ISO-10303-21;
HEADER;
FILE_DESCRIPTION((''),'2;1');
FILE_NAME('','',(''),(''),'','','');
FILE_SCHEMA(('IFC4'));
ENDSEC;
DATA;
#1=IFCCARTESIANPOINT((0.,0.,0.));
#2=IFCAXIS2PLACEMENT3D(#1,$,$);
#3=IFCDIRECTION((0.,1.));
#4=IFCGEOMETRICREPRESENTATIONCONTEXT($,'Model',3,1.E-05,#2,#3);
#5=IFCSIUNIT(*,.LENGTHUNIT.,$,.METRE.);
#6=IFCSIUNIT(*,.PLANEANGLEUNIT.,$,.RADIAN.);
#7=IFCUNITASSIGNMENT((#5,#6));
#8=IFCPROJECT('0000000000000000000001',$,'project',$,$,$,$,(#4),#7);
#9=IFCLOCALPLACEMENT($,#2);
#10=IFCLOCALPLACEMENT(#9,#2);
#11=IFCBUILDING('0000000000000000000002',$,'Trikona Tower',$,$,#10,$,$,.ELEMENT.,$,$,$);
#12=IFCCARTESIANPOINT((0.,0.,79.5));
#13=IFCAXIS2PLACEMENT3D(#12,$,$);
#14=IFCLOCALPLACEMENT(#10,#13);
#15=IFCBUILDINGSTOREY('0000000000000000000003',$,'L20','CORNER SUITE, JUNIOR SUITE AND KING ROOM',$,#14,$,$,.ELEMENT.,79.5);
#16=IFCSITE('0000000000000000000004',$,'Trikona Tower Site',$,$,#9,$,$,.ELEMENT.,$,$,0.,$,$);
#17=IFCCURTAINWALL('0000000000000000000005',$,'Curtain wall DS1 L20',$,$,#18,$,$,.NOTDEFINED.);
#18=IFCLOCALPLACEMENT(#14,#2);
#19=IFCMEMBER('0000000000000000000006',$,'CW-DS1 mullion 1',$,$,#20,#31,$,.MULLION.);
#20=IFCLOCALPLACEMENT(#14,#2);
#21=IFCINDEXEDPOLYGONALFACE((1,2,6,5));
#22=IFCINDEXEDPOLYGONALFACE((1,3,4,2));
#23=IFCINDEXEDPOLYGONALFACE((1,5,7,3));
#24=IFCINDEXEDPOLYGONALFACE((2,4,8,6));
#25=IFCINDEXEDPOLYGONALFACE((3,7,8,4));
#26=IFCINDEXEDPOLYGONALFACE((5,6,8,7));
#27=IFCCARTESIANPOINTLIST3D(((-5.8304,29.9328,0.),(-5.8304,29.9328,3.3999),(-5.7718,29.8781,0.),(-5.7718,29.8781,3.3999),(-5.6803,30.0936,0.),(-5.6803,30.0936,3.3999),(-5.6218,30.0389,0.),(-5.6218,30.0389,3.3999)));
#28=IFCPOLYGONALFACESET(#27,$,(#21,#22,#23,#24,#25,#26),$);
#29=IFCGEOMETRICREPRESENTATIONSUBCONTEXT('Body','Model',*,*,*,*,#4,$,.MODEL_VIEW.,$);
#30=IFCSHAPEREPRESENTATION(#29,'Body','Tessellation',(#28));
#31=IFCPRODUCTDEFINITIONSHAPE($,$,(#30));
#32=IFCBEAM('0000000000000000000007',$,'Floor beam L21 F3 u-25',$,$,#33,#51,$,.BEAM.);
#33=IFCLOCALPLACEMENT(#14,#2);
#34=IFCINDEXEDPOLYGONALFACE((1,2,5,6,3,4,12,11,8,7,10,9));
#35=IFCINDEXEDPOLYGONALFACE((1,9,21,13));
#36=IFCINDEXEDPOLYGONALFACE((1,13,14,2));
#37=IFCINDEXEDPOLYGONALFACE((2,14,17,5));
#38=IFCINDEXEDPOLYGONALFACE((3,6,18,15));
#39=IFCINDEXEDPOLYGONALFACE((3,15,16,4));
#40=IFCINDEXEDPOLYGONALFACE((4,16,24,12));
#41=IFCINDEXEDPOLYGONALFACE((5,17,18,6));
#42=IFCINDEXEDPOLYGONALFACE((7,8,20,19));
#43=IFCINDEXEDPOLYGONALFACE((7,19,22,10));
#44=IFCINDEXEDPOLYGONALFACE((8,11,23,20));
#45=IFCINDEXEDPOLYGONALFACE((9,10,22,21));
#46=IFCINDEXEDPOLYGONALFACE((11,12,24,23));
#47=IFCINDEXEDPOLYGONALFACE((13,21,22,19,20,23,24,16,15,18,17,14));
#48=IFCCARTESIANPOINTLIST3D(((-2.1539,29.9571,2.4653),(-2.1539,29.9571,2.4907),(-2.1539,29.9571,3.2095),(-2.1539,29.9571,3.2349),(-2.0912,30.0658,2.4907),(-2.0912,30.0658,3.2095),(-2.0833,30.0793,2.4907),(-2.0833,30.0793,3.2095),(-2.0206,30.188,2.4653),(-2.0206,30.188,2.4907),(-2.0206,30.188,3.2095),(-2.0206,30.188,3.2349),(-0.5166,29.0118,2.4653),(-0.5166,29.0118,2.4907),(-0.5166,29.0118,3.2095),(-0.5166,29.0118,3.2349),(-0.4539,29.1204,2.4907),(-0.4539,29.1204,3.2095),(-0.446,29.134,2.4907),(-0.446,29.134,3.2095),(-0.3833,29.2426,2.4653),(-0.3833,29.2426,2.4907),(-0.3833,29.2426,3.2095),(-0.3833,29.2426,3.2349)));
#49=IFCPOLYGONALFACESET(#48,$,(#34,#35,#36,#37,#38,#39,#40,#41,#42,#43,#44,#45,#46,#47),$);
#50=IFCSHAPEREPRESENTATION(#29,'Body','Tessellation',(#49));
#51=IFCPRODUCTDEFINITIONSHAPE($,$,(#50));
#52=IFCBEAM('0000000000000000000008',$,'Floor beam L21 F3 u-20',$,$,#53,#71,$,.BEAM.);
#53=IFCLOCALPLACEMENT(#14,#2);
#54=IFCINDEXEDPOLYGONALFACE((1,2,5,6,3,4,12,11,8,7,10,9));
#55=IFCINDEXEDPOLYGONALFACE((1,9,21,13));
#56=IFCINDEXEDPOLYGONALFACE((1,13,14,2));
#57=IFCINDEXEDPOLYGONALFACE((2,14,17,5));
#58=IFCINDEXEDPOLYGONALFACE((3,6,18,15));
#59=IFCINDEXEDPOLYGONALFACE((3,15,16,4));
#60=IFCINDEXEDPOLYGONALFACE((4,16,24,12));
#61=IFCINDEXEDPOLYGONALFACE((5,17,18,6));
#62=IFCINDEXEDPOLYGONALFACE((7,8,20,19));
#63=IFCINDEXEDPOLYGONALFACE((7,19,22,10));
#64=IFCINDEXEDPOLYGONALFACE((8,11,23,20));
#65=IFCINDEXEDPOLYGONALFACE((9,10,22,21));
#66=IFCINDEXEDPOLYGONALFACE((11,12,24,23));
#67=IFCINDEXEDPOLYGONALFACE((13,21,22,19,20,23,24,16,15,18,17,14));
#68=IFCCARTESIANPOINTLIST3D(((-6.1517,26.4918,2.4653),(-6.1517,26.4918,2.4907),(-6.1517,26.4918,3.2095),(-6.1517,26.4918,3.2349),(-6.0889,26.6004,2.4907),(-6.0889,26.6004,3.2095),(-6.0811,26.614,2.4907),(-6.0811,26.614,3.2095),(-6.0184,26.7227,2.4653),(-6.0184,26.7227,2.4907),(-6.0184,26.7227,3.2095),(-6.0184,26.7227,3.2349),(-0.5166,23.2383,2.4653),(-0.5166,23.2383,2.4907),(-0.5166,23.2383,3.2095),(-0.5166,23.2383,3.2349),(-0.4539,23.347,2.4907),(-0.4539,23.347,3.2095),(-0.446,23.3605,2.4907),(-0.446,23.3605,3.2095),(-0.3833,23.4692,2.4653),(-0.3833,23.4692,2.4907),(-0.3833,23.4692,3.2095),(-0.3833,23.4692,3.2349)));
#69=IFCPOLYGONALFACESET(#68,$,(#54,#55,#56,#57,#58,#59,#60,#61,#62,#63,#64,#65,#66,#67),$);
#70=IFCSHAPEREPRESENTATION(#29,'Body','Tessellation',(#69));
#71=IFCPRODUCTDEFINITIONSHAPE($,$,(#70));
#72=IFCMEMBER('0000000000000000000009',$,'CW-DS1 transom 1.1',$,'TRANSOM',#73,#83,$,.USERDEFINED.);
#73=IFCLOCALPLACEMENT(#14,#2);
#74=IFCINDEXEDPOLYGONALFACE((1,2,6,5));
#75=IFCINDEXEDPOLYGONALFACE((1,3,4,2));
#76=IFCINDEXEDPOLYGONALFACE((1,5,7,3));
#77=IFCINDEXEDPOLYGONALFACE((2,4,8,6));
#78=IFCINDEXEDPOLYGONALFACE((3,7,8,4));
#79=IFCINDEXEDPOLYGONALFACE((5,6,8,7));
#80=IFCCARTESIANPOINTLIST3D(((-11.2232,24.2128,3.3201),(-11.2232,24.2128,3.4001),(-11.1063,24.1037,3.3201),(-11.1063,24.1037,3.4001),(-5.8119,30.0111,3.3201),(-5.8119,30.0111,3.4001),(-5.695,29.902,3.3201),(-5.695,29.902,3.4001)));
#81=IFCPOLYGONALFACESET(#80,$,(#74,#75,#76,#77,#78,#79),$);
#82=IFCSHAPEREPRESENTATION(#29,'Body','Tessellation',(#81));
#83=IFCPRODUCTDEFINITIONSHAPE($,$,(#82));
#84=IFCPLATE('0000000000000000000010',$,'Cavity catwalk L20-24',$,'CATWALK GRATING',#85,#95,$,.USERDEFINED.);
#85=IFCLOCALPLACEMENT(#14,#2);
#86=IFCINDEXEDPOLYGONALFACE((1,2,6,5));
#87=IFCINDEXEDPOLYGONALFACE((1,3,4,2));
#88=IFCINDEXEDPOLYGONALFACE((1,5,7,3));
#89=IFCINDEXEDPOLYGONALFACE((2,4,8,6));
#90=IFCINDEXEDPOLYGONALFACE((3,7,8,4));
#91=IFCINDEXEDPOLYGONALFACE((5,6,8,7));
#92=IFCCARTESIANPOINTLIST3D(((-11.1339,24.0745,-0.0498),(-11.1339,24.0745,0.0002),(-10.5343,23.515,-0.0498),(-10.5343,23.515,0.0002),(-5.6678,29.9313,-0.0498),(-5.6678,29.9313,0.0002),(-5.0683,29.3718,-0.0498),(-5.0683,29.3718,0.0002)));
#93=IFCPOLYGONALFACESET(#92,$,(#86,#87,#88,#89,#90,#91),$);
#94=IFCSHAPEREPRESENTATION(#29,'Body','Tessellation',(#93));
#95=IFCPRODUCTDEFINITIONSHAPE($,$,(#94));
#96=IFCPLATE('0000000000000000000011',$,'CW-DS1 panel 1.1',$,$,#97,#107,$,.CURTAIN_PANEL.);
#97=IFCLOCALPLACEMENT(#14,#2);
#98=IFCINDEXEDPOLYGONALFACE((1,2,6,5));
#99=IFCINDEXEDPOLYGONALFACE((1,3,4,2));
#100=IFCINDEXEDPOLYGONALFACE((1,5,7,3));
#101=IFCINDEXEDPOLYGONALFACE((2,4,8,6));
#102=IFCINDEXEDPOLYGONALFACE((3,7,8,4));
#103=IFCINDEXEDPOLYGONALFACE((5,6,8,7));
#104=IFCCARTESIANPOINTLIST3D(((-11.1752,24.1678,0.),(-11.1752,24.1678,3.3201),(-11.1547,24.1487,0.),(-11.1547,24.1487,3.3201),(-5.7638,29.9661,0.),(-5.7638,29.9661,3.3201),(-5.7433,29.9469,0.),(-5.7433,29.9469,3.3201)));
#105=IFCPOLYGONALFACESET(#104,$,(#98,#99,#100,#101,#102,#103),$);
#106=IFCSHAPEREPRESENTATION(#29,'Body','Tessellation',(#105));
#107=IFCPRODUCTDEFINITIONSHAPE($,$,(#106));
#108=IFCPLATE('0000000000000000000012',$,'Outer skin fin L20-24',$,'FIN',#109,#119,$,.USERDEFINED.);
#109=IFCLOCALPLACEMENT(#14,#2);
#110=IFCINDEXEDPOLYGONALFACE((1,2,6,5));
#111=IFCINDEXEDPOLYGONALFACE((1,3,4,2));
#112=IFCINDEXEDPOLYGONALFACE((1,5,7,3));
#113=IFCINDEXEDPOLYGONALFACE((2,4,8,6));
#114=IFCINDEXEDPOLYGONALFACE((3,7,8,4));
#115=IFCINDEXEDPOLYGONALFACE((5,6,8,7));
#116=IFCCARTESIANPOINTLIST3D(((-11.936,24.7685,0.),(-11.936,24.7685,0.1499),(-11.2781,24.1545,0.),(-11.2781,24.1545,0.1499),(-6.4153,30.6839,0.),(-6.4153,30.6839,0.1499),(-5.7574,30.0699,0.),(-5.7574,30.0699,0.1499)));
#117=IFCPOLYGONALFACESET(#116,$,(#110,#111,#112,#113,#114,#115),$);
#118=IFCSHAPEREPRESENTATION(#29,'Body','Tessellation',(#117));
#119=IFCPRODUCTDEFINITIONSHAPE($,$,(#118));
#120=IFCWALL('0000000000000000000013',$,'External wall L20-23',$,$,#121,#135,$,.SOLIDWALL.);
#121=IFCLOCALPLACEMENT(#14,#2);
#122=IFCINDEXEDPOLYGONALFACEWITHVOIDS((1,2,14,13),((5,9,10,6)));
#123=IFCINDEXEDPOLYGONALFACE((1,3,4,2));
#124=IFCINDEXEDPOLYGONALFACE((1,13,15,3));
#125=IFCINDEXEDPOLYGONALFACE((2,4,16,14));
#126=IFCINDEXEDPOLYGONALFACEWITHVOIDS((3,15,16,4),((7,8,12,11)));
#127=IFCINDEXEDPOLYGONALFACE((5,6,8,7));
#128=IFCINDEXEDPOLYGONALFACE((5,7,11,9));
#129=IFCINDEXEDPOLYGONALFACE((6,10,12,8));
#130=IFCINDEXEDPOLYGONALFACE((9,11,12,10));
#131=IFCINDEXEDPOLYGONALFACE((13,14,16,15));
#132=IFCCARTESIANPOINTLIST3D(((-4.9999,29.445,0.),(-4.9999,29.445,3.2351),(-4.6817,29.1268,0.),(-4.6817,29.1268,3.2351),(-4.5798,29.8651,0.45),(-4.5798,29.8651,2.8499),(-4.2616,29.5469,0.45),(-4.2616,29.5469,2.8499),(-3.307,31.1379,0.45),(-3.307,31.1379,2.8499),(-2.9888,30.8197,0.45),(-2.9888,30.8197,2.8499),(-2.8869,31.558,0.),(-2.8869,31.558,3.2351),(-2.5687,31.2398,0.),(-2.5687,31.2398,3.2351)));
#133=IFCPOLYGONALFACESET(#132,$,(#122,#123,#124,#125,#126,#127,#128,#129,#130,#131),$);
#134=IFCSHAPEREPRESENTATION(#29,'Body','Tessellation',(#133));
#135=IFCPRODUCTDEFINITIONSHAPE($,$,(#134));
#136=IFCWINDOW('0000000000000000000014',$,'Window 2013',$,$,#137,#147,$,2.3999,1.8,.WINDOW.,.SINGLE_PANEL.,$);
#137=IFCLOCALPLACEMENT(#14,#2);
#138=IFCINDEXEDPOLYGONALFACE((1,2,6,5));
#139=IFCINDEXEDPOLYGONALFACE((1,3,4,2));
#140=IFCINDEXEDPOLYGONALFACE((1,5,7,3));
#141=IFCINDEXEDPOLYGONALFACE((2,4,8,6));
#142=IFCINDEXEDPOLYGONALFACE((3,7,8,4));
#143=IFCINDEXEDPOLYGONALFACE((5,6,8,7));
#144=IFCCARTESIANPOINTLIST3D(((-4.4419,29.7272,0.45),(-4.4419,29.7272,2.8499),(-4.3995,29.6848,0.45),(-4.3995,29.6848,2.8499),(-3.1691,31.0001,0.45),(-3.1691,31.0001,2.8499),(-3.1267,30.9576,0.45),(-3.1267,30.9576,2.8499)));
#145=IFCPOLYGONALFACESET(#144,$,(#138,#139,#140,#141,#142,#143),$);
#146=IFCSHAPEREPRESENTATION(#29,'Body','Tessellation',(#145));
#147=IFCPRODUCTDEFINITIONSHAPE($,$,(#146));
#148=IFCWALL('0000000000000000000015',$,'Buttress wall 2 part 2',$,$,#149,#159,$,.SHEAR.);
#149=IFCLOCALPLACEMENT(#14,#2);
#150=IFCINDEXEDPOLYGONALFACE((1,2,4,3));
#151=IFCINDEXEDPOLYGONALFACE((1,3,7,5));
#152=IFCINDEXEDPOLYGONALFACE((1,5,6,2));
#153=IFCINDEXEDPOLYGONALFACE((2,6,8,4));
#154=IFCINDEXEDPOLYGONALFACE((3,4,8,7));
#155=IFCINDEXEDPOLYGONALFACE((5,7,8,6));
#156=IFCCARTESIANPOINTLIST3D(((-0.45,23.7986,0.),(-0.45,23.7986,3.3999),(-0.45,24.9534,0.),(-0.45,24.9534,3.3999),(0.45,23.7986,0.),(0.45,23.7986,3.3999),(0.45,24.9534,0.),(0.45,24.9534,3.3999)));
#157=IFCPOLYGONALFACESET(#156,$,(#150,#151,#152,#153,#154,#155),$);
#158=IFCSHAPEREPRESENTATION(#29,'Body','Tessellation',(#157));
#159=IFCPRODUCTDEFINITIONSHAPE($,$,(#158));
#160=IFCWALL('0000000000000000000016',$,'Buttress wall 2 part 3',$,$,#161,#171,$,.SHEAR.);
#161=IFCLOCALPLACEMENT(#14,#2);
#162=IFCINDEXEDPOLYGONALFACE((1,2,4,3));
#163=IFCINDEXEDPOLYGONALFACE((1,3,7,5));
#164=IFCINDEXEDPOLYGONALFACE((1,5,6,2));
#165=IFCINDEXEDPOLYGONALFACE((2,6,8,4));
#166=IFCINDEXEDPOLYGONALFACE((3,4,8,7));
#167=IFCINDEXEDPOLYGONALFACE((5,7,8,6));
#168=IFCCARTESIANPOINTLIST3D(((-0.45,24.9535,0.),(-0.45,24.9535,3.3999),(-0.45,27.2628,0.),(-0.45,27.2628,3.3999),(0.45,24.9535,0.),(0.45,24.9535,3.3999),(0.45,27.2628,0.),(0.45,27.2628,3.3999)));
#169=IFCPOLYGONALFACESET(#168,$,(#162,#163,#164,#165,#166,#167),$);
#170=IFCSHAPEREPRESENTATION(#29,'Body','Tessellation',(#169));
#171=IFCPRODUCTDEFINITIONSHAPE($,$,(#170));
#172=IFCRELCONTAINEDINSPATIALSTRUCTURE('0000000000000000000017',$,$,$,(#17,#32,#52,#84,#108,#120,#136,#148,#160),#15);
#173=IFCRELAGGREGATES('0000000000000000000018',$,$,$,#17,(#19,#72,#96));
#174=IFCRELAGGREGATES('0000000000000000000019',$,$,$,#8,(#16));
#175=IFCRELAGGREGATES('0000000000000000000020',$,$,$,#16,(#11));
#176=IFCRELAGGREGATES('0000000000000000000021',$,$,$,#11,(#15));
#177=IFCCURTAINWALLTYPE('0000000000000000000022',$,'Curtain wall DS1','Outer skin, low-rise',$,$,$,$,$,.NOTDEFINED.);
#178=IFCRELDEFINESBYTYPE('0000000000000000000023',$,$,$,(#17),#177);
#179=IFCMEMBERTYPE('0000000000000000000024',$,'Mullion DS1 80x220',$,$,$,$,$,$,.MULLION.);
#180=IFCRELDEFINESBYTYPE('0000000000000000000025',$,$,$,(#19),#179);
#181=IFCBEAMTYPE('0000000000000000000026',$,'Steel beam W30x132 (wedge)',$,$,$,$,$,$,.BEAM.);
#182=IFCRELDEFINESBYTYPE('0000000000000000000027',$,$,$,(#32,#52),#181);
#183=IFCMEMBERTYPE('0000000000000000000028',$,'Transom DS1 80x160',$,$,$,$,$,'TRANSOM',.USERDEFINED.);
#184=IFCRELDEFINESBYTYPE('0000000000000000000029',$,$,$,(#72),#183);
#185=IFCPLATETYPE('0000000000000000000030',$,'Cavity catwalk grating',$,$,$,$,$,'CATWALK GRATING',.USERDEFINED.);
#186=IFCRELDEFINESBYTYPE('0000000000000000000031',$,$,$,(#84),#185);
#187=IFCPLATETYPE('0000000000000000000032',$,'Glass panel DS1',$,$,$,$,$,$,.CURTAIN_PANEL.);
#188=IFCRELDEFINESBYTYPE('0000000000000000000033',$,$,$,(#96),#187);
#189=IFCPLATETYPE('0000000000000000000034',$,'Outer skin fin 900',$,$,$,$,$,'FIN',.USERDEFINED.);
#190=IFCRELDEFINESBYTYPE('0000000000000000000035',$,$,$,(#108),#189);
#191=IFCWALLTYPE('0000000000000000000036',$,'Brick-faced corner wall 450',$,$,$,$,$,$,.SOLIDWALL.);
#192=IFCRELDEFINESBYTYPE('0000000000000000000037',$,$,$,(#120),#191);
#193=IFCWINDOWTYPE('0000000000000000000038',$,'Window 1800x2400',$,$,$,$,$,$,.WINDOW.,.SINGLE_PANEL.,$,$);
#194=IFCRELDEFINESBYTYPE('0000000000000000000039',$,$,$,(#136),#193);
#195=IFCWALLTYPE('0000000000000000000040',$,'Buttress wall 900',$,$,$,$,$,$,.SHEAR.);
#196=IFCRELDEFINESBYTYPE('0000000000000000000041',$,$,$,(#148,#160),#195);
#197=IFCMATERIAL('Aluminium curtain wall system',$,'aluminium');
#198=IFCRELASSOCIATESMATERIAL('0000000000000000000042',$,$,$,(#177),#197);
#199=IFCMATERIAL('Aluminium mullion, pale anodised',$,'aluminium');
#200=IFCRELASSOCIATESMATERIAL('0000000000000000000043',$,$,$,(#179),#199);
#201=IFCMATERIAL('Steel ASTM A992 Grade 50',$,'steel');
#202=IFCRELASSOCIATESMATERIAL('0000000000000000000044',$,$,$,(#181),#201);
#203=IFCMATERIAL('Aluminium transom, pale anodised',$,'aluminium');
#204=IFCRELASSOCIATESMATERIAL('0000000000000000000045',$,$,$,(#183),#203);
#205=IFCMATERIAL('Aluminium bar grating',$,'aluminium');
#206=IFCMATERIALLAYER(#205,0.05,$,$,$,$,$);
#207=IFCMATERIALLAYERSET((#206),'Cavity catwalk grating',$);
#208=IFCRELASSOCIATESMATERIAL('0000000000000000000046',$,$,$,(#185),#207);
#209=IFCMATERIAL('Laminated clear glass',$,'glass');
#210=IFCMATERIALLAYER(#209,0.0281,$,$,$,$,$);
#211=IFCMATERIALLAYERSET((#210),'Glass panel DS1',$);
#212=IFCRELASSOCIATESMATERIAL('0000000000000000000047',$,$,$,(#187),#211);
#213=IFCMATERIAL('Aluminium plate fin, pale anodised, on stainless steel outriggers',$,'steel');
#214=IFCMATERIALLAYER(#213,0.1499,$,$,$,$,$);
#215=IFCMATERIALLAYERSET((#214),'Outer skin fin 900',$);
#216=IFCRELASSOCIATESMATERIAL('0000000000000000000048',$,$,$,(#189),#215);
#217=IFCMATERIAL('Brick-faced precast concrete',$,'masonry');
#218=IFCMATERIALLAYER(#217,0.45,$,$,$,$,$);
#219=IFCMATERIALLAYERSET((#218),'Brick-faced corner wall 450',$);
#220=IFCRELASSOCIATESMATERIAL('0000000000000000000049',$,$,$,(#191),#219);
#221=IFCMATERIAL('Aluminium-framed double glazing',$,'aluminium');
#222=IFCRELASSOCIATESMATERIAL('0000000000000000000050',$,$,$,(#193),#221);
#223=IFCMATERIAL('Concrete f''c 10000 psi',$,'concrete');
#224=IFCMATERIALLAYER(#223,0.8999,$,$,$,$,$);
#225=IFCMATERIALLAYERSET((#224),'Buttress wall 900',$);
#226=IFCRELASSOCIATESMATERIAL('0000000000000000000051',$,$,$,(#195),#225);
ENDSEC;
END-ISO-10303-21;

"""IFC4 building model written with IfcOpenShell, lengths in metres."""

from ifc_helpers import new_model, si_unit, direction, frame, frame_2d, origin, origin_2d, place, context, subcontext, project, spatial, rectangle, i_section, extrude, material, layer, layer_set, material_profile, profile_set, type_object, element, fill, aggregate, save


model = new_model("IFC4")

# Units and contexts
model_context = context("Model", 3, precision=1e-05, world=origin(), true_north=direction((0.0, 1.0)))
body_context = subcontext(model_context, "Body", "Model", "MODEL_VIEW")
ifc_project = project(units=[si_unit("LENGTHUNIT", "METRE"), si_unit("PLANEANGLEUNIT", "RADIAN")], contexts=[model_context])

# Site, building, storey
site_placement = place(None, origin())
site = spatial("IfcSite", under=ifc_project, at=site_placement, Name="Trikona Tower Site", CompositionType="ELEMENT", RefElevation=0.0)
building_placement = place(site_placement, origin())
building = spatial("IfcBuilding", under=site, at=building_placement, Name="Trikona Tower", CompositionType="ELEMENT")
storey_placement = place(building_placement, frame((0.0, 0.0, 79.5)))
storey = spatial("IfcBuildingStorey", under=building, at=storey_placement, Name="L20", Description="CORNER SUITE, JUNIOR SUITE AND KING ROOM", CompositionType="ELEMENT", Elevation=79.5)

# Curtain wall, member
ifc_material_1 = material(Name="Aluminium curtain wall system", Category="aluminium")
curtain_wall_type = type_object("IfcCurtainWallType", Name="Curtain wall DS1", Description="Outer skin, low-rise", PredefinedType="NOTDEFINED", material=ifc_material_1)
curtain_wall_placement = place(storey_placement, origin())
curtain_wall = element("IfcCurtainWall", 1, at=curtain_wall_placement, inside=storey, type_object=curtain_wall_type, Name="Curtain wall DS1 L20", PredefinedType="NOTDEFINED")
ifc_material_2 = material(Name="Aluminium mullion, pale anodised", Category="aluminium")
ifc_material_profile_1 = material_profile(ifc_material_2, rectangle(XDim=0.0801, YDim=0.22, at=origin_2d()), Name="MUL-DS1")
ifc_profile_set_1 = profile_set([ifc_material_profile_1], Name="Aluminium mullion, pale anodised")
member_type_1 = type_object("IfcMemberType", Name="Mullion DS1 80x220", PredefinedType="MULLION", material=ifc_profile_set_1)
member_1_placement = place(storey_placement, frame((-5.7261, 29.9858, 0.0), z_axis=(0.0, 0.0, 1.0), x_axis=(0.731077, -0.682295, 0.0)))
member_1 = element("IfcMember", 2, at=member_1_placement, type_object=member_type_1, Name="CW-DS1 mullion 1", PredefinedType="MULLION", context=body_context, shape_type="SweptSolid", body=[
    extrude(rectangle(XDim=0.0801, YDim=0.22, at=origin_2d()), origin(), (0.0, 0.0, 1.0), 3.3999),
])

# Beams
ifc_material_3 = material(Name="Steel ASTM A992 Grade 50", Category="steel")
ifc_material_profile_2 = material_profile(ifc_material_3, i_section(OverallWidth=0.2666, OverallDepth=0.7695, WebThickness=0.0156, FlangeThickness=0.0254, at=origin_2d()), Name="W30X132")
ifc_profile_set_2 = profile_set([ifc_material_profile_2], Name="Steel ASTM A992 Grade 50")
beam_type = type_object("IfcBeamType", Name="Steel beam W30x132 (wedge)", PredefinedType="BEAM", material=ifc_profile_set_2)
beam_1_placement = place(storey_placement, frame((-0.45, 29.1272, 2.8501), z_axis=(-0.866009, 0.500028, 0.0), x_axis=(-0.500028, -0.866009, 0.0)))
element("IfcBeam", 3, at=beam_1_placement, inside=storey, type_object=beam_type, Name="Floor beam L21 F3 u-25", PredefinedType="BEAM", context=body_context, shape_type="SweptSolid", body=[
    extrude(i_section(OverallWidth=0.2666, OverallDepth=0.7695, WebThickness=0.0156, FlangeThickness=0.0254, at=origin_2d()), origin(), (0.0, 0.0, 1.0), 1.8906),
])
beam_2_placement = place(storey_placement, frame((-0.45, 23.3538, 2.8501), z_axis=(-0.866023, 0.500005, 0.0), x_axis=(-0.500005, -0.866023, 0.0)))
element("IfcBeam", 4, at=beam_2_placement, inside=storey, type_object=beam_type, Name="Floor beam L21 F3 u-20", PredefinedType="BEAM", context=body_context, shape_type="SweptSolid", body=[
    extrude(i_section(OverallWidth=0.2666, OverallDepth=0.7695, WebThickness=0.0156, FlangeThickness=0.0254, at=origin_2d()), origin(), (0.0, 0.0, 1.0), 6.5068),
])

# Member
ifc_material_4 = material(Name="Aluminium transom, pale anodised", Category="aluminium")
ifc_material_profile_3 = material_profile(ifc_material_4, rectangle(XDim=0.1599, YDim=0.0801, at=origin_2d()), Name="TRN-DS1")
ifc_profile_set_3 = profile_set([ifc_material_profile_3], Name="Aluminium transom, pale anodised")
member_type_2 = type_object("IfcMemberType", Name="Transom DS1 80x160", ElementType="TRANSOM", PredefinedType="USERDEFINED", material=ifc_profile_set_3)
member_2_placement = place(storey_placement, frame((-5.7534, 29.9565, 3.3601), z_axis=(-0.682291, -0.731081, 0.0), x_axis=(0.731081, -0.682291, 0.0)))
member_2 = element("IfcMember", 5, at=member_2_placement, type_object=member_type_2, Name="CW-DS1 transom 1.1", ObjectType="TRANSOM", PredefinedType="USERDEFINED", context=body_context, shape_type="SweptSolid", body=[
    extrude(rectangle(XDim=0.1599, YDim=0.0801, at=origin_2d()), origin(), (0.0, 0.0, 1.0), 7.9312),
])

# Plates
ifc_material_5 = material(Name="Aluminium bar grating", Category="aluminium")
ifc_layer_1 = layer(ifc_material_5, 0.05)
ifc_layer_set_1 = layer_set([ifc_layer_1], Name="Cavity catwalk grating")
plate_type_1 = type_object("IfcPlateType", Name="Cavity catwalk grating", ElementType="CATWALK GRATING", PredefinedType="USERDEFINED", material=ifc_layer_set_1)
plate_1_placement = place(storey_placement, frame((-8.1011, 26.7231, -0.0498), z_axis=(0.0, 0.0, 1.0), x_axis=(-0.682298, -0.731074, 0.0)))
element("IfcPlate", 6, at=plate_1_placement, inside=storey, type_object=plate_type_1, Name="Cavity catwalk L20-24", ObjectType="CATWALK GRATING", PredefinedType="USERDEFINED", context=body_context, shape_type="SweptSolid", body=[
    extrude(rectangle(XDim=8.0112, YDim=0.8201, at=origin_2d()), origin(), (0.0, 0.0, 1.0), 0.05),
])
ifc_material_6 = material(Name="Laminated clear glass", Category="glass")
ifc_layer_2 = layer(ifc_material_6, 0.0281)
ifc_layer_set_2 = layer_set([ifc_layer_2], Name="Glass panel DS1")
plate_type_2 = type_object("IfcPlateType", Name="Glass panel DS1", PredefinedType="CURTAIN_PANEL", material=ifc_layer_set_2)
plate_2_placement = place(storey_placement, frame((-8.4592, 27.0574, 0.0), z_axis=(0.0, 0.0, 1.0), x_axis=(-0.682295, -0.731077, 0.0)))
plate_2 = element("IfcPlate", 7, at=plate_2_placement, type_object=plate_type_2, Name="CW-DS1 panel 1.1", PredefinedType="CURTAIN_PANEL", context=body_context, shape_type="SweptSolid", body=[
    extrude(rectangle(XDim=7.9312, YDim=0.0281, at=origin_2d()), origin(), (0.0, 0.0, 1.0), 3.3201),
])
aggregate(curtain_wall, [member_1, member_2, plate_2])
ifc_material_7 = material(Name="Aluminium plate fin, pale anodised, on stainless steel outriggers", Category="steel")
ifc_layer_3 = layer(ifc_material_7, 0.1499)
ifc_layer_set_3 = layer_set([ifc_layer_3], Name="Outer skin fin 900")
plate_type_3 = type_object("IfcPlateType", Name="Outer skin fin 900", ElementType="FIN", PredefinedType="USERDEFINED", material=ifc_layer_set_3)
plate_3_placement = place(storey_placement, frame((-8.8467, 27.4192, 0.0), z_axis=(0.0, 0.0, 1.0), x_axis=(-0.682298, -0.731074, 0.0)))
element("IfcPlate", 8, at=plate_3_placement, inside=storey, type_object=plate_type_3, Name="Outer skin fin L20-24", ObjectType="FIN", PredefinedType="USERDEFINED", context=body_context, shape_type="SweptSolid", body=[
    extrude(rectangle(XDim=8.0913, YDim=0.8999, at=origin_2d()), origin(), (0.0, 0.0, 1.0), 0.1499),
])

# Wall, opening, window
ifc_material_8 = material(Name="Brick-faced precast concrete", Category="masonry")
ifc_layer_4 = layer(ifc_material_8, 0.45)
ifc_layer_set_4 = layer_set([ifc_layer_4], Name="Brick-faced corner wall 450")
wall_type_1 = type_object("IfcWallType", Name="Brick-faced corner wall 450", PredefinedType="SOLIDWALL", material=ifc_layer_set_4)
wall_1_placement = place(storey_placement, frame((-2.7278, 31.3989, 0.0), z_axis=(0.0, 0.0, 1.0), x_axis=(-0.707107, -0.707107, 0.0)))
wall_1 = element("IfcWall", 9, at=wall_1_placement, inside=storey, type_object=wall_type_1, Name="External wall L20-23", PredefinedType="SOLIDWALL", context=body_context, shape_type="SweptSolid", body=[
    extrude(rectangle(XDim=2.9883, YDim=0.45, at=frame_2d((1.4941, 0.0))), origin(), (0.0, 0.0, 1.0), 3.2351),
])
opening_1_placement = place(wall_1_placement, frame((0.5942, 0.0, 0.45)))
opening_1 = element("IfcOpeningElement", 10, at=opening_1_placement, cuts=wall_1, PredefinedType="OPENING", context=body_context, shape_type="SweptSolid", body=[
    extrude(rectangle(XDim=1.8, YDim=2.3999, at=frame_2d((0.8999, 1.2))), frame((0.0, 0.2349, 0.0), z_axis=(0.0, -1.0, 0.0), x_axis=(1.0, 0.0, 0.0)), (0.0, 0.0, 1.0), 0.47),
])
ifc_material_9 = material(Name="Aluminium-framed double glazing", Category="aluminium")
window_type_1 = type_object("IfcWindowType", Name="Window 1800x2400", PartitioningType="SINGLE_PANEL", PredefinedType="WINDOW", material=ifc_material_9)
window_1_placement = place(opening_1_placement, origin())
window_1 = element("IfcWindow", 11, at=window_1_placement, inside=storey, type_object=window_type_1, Name="Window 2013", OverallHeight=2.3999, OverallWidth=1.8, PartitioningType="SINGLE_PANEL", PredefinedType="WINDOW", context=body_context, shape_type="SweptSolid", body=[
    extrude(rectangle(XDim=1.8, YDim=2.3999, at=frame_2d((0.8999, 1.2))), frame((0.0, 0.03, 0.0), z_axis=(0.0, -1.0, 0.0), x_axis=(1.0, 0.0, 0.0)), (0.0, 0.0, 1.0), 0.0601),
])
fill(opening_1, window_1)

# Walls
ifc_material_10 = material(Name="Concrete f'c 10000 psi", Category="concrete")
ifc_layer_5 = layer(ifc_material_10, 0.8999)
ifc_layer_set_5 = layer_set([ifc_layer_5], Name="Buttress wall 900")
wall_type_2 = type_object("IfcWallType", Name="Buttress wall 900", PredefinedType="SHEAR", material=ifc_layer_set_5)
wall_2_placement = place(storey_placement, frame((0.0, 23.7986, 0.0), z_axis=(0.0, 0.0, 1.0), x_axis=(0.0, 1.0, 0.0)))
element("IfcWall", 12, at=wall_2_placement, inside=storey, type_object=wall_type_2, Name="Buttress wall 2 part 2", PredefinedType="SHEAR", context=body_context, shape_type="SweptSolid", body=[
    extrude(rectangle(XDim=1.1548, YDim=0.8999, at=frame_2d((0.5774, 0.0))), origin(), (0.0, 0.0, 1.0), 3.3999),
])
wall_3_placement = place(storey_placement, frame((0.0, 24.9534, 0.0), z_axis=(0.0, 0.0, 1.0), x_axis=(0.0, 1.0, 0.0)))
element("IfcWall", 13, at=wall_3_placement, inside=storey, type_object=wall_type_2, Name="Buttress wall 2 part 3", PredefinedType="SHEAR", context=body_context, shape_type="SweptSolid", body=[
    extrude(rectangle(XDim=2.3093, YDim=0.8999, at=frame_2d((1.1548, 0.0))), origin(), (0.0, 0.0, 1.0), 3.3999),
])

save(model, "model.ifc")
